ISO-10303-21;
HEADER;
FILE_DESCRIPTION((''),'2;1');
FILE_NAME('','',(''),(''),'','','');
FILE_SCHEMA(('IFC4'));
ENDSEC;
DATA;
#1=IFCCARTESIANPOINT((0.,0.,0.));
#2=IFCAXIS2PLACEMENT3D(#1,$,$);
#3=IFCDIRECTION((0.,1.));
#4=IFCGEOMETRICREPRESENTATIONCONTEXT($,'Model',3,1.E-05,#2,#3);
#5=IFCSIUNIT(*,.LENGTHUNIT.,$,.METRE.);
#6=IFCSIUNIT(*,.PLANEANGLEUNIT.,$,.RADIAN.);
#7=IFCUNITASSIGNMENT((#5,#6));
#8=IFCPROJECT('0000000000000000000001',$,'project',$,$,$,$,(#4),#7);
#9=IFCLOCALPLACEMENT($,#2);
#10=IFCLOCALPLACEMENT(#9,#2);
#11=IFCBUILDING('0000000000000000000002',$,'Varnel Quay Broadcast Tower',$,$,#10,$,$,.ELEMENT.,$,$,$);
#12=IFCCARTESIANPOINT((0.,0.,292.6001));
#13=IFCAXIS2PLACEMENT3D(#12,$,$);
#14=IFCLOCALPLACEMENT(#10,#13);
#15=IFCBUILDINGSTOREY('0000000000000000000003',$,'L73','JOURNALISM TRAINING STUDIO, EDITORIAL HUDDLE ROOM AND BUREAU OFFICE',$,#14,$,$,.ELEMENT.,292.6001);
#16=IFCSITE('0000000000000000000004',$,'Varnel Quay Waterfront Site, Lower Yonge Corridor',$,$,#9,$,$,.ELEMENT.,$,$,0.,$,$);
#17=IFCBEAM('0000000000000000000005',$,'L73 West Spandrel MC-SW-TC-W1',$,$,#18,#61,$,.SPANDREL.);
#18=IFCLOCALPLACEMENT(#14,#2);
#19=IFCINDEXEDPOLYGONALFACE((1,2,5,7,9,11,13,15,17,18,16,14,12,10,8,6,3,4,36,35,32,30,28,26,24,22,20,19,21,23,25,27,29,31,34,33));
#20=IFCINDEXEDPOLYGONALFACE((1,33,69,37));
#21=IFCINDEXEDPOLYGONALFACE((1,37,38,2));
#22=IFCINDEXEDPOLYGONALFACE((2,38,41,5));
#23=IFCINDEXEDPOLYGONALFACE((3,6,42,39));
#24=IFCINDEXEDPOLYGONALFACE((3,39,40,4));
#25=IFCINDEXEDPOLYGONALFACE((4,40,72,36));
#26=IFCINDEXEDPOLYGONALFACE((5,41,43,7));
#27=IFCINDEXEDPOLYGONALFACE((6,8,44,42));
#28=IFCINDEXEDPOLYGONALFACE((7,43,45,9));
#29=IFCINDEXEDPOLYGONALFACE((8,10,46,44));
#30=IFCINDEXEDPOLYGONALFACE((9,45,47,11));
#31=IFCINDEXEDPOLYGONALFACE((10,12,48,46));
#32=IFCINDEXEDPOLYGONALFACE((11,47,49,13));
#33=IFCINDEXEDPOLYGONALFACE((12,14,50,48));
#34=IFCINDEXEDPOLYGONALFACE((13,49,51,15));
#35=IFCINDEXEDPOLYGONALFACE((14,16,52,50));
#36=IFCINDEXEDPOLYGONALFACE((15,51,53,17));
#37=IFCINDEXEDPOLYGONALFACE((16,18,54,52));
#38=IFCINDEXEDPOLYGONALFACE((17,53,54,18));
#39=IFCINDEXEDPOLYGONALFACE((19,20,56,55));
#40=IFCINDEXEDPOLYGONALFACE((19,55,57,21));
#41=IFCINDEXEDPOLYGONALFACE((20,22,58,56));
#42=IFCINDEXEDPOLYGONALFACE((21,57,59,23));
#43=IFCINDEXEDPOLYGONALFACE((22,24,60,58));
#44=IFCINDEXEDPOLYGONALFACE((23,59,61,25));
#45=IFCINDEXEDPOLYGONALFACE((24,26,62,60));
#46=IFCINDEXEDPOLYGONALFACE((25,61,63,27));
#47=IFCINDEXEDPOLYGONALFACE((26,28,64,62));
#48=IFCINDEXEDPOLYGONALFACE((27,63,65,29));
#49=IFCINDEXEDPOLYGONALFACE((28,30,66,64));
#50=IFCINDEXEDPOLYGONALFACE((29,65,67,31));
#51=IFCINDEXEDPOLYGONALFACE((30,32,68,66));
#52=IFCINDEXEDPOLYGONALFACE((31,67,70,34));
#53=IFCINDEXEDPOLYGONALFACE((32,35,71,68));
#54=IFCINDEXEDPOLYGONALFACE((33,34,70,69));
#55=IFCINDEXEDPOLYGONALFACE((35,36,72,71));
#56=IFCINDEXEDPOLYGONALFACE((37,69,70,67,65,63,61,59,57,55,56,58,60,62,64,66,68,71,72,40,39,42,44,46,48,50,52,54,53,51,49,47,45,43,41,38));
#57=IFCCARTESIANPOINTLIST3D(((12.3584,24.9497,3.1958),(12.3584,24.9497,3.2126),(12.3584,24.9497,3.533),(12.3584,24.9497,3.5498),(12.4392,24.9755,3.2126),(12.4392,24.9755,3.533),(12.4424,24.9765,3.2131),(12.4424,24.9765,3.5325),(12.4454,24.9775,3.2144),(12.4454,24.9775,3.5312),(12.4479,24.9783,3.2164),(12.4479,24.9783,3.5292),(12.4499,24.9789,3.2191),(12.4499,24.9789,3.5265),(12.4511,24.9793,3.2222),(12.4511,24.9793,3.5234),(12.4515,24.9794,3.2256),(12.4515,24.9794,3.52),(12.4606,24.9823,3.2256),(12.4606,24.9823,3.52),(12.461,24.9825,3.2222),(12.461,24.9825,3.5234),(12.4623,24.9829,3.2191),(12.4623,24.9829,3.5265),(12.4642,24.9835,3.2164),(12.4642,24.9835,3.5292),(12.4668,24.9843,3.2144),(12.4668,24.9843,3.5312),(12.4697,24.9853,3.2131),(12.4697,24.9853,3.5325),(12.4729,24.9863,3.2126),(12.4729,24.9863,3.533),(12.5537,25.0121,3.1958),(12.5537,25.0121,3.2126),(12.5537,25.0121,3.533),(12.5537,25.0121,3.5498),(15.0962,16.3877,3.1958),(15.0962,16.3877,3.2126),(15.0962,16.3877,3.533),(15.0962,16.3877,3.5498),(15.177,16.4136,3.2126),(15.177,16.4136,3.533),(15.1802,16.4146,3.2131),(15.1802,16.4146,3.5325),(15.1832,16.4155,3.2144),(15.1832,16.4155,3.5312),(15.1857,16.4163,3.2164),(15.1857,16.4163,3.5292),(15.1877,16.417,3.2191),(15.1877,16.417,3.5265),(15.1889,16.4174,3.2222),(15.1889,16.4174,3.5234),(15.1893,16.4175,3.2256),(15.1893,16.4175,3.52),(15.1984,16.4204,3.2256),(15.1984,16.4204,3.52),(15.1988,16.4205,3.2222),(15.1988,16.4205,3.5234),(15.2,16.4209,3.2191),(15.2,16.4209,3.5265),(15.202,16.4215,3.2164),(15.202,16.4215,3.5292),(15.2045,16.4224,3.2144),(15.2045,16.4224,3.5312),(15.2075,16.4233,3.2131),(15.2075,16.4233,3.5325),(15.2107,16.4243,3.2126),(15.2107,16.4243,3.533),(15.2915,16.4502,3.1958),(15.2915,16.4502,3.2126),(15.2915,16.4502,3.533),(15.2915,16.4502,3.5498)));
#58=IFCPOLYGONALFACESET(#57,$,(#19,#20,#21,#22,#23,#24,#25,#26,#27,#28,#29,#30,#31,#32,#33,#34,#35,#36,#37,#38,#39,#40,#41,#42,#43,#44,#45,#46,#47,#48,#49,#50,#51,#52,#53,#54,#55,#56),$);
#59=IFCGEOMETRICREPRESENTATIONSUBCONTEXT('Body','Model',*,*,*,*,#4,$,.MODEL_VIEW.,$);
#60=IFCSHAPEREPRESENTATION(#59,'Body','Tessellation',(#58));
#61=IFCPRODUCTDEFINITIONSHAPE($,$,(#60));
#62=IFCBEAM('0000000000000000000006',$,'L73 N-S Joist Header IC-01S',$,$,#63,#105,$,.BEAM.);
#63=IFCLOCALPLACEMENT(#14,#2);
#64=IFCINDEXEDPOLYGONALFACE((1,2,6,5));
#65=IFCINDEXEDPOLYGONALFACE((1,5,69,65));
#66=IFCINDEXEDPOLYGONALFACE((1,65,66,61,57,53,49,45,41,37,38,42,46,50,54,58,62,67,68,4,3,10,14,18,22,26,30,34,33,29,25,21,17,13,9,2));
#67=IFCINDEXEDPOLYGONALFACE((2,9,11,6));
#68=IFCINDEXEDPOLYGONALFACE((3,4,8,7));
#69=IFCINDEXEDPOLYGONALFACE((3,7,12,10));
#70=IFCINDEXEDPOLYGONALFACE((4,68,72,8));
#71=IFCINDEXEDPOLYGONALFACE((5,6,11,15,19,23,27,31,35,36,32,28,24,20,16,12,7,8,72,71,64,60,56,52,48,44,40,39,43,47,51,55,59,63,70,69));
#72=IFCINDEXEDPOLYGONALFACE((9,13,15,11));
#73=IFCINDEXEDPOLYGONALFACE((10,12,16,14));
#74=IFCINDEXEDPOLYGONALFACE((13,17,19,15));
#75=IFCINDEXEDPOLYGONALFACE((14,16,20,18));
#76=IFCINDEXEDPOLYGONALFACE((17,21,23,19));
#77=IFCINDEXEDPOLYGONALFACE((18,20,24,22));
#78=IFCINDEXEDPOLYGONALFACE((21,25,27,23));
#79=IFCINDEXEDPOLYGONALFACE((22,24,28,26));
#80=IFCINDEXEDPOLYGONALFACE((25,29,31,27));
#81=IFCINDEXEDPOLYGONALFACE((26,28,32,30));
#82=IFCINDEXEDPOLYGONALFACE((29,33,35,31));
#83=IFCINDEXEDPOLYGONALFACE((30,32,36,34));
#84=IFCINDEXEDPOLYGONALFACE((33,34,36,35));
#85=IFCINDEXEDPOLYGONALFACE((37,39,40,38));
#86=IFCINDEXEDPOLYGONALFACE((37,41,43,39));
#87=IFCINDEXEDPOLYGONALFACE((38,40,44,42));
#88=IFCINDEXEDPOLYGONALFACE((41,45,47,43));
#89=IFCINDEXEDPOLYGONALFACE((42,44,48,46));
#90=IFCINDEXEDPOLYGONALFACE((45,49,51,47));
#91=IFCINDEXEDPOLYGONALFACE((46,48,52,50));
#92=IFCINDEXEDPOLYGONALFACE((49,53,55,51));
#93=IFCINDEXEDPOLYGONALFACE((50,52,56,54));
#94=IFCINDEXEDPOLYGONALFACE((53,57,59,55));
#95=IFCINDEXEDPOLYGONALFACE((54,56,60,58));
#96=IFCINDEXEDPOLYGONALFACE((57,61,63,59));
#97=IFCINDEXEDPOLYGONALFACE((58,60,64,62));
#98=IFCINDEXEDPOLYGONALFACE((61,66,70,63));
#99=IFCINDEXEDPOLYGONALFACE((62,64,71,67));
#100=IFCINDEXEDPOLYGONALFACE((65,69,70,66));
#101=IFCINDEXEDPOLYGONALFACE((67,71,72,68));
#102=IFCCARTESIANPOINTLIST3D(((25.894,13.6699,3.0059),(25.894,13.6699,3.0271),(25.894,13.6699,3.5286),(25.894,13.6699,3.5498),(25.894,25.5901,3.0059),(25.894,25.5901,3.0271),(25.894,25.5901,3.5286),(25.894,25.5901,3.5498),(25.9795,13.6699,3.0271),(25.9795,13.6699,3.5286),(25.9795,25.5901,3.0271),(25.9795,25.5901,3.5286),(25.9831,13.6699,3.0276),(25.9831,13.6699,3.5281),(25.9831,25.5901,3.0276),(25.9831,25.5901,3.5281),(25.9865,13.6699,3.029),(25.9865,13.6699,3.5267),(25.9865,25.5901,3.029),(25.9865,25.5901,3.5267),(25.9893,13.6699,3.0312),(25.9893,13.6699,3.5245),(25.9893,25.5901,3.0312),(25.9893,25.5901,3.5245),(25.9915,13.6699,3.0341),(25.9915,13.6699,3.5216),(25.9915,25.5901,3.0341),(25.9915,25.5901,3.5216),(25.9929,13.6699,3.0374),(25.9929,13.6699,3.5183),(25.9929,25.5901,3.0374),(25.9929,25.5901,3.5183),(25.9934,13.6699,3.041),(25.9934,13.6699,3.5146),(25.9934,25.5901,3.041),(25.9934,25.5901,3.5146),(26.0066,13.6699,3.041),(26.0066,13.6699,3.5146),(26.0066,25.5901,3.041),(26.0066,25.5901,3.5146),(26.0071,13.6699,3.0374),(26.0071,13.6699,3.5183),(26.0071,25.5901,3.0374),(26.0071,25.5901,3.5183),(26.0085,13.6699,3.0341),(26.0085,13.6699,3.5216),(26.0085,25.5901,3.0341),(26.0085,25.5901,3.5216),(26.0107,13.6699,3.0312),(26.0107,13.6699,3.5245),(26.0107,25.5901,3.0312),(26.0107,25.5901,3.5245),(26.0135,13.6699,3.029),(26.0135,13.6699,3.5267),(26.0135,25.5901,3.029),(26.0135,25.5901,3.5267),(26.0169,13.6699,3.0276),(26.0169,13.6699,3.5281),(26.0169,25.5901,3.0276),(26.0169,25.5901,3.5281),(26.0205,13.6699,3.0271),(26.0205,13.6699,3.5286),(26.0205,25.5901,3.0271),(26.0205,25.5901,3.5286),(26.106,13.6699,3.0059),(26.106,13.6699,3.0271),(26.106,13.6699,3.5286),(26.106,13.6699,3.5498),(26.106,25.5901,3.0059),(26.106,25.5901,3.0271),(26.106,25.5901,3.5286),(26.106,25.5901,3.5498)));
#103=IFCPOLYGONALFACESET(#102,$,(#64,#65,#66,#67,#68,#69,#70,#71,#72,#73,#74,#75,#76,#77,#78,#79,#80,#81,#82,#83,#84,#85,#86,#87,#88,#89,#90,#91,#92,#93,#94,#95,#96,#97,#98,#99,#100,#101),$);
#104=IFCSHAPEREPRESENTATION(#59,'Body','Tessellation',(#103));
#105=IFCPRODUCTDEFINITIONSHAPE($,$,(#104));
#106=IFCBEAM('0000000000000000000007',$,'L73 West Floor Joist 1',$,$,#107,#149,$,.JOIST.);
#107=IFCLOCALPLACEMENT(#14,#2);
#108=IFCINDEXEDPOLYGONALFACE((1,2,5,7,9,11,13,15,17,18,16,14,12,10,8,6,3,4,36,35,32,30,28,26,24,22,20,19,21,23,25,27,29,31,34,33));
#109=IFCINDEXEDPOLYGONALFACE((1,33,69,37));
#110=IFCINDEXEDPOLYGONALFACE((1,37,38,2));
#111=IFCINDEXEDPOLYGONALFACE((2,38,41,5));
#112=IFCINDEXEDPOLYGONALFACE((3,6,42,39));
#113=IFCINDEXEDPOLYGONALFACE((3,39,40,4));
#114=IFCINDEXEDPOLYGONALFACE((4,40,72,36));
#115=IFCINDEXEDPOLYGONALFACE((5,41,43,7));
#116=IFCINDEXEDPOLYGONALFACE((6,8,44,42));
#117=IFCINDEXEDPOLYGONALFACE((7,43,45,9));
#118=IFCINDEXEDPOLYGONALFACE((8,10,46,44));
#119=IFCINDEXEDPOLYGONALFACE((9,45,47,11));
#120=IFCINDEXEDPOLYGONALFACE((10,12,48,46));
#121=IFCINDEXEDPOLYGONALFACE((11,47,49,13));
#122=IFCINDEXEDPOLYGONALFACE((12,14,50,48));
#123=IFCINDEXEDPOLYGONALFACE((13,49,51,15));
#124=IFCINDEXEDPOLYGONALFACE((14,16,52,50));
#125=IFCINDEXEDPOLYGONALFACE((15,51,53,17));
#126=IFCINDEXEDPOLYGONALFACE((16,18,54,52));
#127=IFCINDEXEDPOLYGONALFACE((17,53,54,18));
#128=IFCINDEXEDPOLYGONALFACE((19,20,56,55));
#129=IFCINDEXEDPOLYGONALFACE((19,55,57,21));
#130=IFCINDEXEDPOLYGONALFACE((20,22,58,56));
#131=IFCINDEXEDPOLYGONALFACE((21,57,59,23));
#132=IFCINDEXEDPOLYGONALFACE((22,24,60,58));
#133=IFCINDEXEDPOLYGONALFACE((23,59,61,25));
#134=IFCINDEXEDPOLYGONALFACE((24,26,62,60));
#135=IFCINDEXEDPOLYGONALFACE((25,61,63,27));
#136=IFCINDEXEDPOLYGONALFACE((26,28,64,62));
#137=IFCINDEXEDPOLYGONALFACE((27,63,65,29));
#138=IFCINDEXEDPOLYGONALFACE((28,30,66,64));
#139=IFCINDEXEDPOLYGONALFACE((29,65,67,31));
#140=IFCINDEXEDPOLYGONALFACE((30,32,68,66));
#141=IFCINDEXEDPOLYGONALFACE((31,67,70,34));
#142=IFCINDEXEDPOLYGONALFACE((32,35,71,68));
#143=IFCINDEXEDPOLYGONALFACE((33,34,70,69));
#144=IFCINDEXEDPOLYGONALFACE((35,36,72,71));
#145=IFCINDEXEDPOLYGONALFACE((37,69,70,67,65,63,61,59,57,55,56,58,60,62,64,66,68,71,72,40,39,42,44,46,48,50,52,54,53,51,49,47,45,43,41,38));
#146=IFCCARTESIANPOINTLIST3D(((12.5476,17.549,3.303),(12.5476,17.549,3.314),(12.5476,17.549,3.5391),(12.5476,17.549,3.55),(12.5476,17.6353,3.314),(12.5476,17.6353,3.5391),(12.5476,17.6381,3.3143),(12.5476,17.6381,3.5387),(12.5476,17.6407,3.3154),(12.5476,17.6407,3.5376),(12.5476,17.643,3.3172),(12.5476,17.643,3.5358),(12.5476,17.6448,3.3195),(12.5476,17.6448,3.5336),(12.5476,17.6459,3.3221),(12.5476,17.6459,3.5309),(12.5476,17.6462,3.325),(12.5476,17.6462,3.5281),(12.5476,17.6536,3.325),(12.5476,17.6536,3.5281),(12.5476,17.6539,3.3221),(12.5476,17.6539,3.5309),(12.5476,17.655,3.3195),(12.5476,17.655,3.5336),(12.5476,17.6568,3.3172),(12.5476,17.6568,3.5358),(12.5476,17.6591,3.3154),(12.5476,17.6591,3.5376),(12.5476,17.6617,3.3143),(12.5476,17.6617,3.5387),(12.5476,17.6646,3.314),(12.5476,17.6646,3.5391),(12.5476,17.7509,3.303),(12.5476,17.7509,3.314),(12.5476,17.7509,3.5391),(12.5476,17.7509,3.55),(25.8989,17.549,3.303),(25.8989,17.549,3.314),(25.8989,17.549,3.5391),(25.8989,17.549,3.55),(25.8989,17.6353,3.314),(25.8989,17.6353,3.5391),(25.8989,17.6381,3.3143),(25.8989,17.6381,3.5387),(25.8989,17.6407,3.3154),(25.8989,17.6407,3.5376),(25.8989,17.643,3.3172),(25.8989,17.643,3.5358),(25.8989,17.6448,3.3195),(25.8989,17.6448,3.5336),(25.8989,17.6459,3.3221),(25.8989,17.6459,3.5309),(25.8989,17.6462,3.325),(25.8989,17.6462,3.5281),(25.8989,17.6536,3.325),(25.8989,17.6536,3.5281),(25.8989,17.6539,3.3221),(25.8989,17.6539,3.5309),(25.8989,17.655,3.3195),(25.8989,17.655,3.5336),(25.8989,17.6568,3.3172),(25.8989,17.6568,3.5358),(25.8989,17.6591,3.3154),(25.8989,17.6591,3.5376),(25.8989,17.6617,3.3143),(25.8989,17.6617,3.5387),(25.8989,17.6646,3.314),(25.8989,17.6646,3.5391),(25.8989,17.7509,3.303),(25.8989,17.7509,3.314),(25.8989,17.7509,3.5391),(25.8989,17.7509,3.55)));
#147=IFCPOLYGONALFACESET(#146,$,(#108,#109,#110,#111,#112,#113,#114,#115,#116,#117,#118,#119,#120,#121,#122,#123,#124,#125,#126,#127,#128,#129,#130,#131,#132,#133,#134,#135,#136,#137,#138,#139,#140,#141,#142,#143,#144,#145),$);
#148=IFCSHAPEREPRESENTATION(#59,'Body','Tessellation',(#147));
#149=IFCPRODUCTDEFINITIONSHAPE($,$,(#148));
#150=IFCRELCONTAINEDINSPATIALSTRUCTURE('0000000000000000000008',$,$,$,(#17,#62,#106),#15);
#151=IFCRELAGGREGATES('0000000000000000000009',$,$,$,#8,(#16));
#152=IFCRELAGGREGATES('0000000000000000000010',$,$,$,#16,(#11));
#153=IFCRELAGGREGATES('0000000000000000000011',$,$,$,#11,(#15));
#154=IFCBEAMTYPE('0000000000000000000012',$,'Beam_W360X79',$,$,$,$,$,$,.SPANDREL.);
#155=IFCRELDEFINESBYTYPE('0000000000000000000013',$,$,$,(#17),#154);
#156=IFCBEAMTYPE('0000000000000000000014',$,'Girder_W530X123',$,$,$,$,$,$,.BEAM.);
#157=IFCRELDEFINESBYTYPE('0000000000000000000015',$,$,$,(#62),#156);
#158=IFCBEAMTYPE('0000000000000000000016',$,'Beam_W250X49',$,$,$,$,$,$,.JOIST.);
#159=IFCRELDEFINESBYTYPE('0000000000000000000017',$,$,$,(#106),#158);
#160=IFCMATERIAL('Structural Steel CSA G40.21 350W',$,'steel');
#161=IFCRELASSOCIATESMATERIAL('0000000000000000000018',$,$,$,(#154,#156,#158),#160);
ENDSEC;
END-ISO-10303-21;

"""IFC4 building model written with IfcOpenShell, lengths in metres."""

from ifc_helpers import new_model, si_unit, direction, frame, origin, origin_2d, place, context, subcontext, project, spatial, i_section, extrude, source, transform, mapped, material, material_profile, profile_set, type_object, type_shapes, element, save


model = new_model("IFC4")

# Units and contexts
model_context = context("Model", 3, precision=1e-05, world=origin(), true_north=direction((0.0, 1.0)))
body_context = subcontext(model_context, "Body", "Model", "MODEL_VIEW")
ifc_project = project(units=[si_unit("LENGTHUNIT", "METRE"), si_unit("PLANEANGLEUNIT", "RADIAN")], contexts=[model_context])

# Site, building, storey
site_placement = place(None, origin())
site = spatial("IfcSite", under=ifc_project, at=site_placement, Name="Varnel Quay Waterfront Site, Lower Yonge Corridor", CompositionType="ELEMENT", RefElevation=0.0)
building_placement = place(site_placement, origin())
building = spatial("IfcBuilding", under=site, at=building_placement, Name="Varnel Quay Broadcast Tower", CompositionType="ELEMENT")
storey_placement = place(building_placement, frame((0.0, 0.0, 292.6001)))
storey = spatial("IfcBuildingStorey", under=building, at=storey_placement, Name="L73", Description="JOURNALISM TRAINING STUDIO, EDITORIAL HUDDLE ROOM AND BUREAU OFFICE", CompositionType="ELEMENT", Elevation=292.6001)

# Shared definitions
ifc_material_1 = material(Name="Structural Steel CSA G40.21 350W", Category="steel")

# Beams
ifc_material_profile_1 = material_profile(ifc_material_1, i_section(OverallWidth=0.2051, OverallDepth=0.354, WebThickness=0.0095, FlangeThickness=0.0168, FilletRadius=0.0129, at=origin_2d()), Name="W360X79")
ifc_profile_set_1 = profile_set([ifc_material_profile_1], Name="Structural Steel CSA G40.21 350W")
beam_type_1 = type_object("IfcBeamType", Name="Beam_W360X79", PredefinedType="SPANDREL", material=ifc_profile_set_1)
shared_shape_1 = source(origin(), body_context, "Body", "SweptSolid", [
    extrude(i_section(OverallWidth=0.2051, OverallDepth=0.354, WebThickness=0.0095, FlangeThickness=0.0168, FilletRadius=0.0129, at=origin_2d()), origin(), (0.0, 0.0, 1.0), 8.989),
])
beam_1_placement = place(storey_placement, frame((15.1938, 16.4189, 3.3728), z_axis=(-0.304569, 0.95249, 0.0), x_axis=(-0.95249, -0.304569, 0.0)))
element("IfcBeam", 1, at=beam_1_placement, inside=storey, type_object=beam_type_1, Name="L73 West Spandrel MC-SW-TC-W1", PredefinedType="SPANDREL", context=body_context, shape_type="MappedRepresentation", body=[
    mapped(shared_shape_1, transform((0.0, 0.0, 0.0), x_axis=(1.0, 0.0, 0.0), y_axis=(0.0, 1.0, 0.0), z_axis=(0.0, 0.0, 1.0), scale=1.0)),
])
ifc_material_profile_2 = material_profile(ifc_material_1, i_section(OverallWidth=0.2119, OverallDepth=0.5439, WebThickness=0.0132, FlangeThickness=0.0212, FilletRadius=0.0139, at=origin_2d()), Name="W530X123")
ifc_profile_set_2 = profile_set([ifc_material_profile_2], Name="Structural Steel CSA G40.21 350W")
beam_type_2 = type_object("IfcBeamType", Name="Girder_W530X123", PredefinedType="BEAM", material=ifc_profile_set_2)
shared_shape_2 = source(origin(), body_context, "Body", "SweptSolid", [
    extrude(i_section(OverallWidth=0.2119, OverallDepth=0.5439, WebThickness=0.0132, FlangeThickness=0.0212, FilletRadius=0.0139, at=origin_2d()), origin(), (0.0, 0.0, 1.0), 11.9202),
])
type_shapes(beam_type_2, [shared_shape_2])
beam_2_placement = place(storey_placement, frame((26.0, 13.6699, 3.2778), z_axis=(0.0, 1.0, 0.0), x_axis=(-1.0, 0.0, 0.0)))
element("IfcBeam", 2, at=beam_2_placement, inside=storey, type_object=beam_type_2, Name="L73 N-S Joist Header IC-01S", PredefinedType="BEAM", context=body_context, shape_type="MappedRepresentation", body=[
    mapped(shared_shape_2, transform((0.0, 0.0, 0.0), x_axis=(1.0, 0.0, 0.0), y_axis=(0.0, 1.0, 0.0), z_axis=(0.0, 0.0, 1.0), scale=1.0)),
])
ifc_material_profile_3 = material_profile(ifc_material_1, i_section(OverallWidth=0.2019, OverallDepth=0.2471, WebThickness=0.0073, FlangeThickness=0.011, FilletRadius=0.011, at=origin_2d()), Name="W250X49")
ifc_profile_set_3 = profile_set([ifc_material_profile_3], Name="Structural Steel CSA G40.21 350W")
beam_type_3 = type_object("IfcBeamType", Name="Beam_W250X49", PredefinedType="JOIST", material=ifc_profile_set_3)
shared_shape_3 = source(origin(), body_context, "Body", "SweptSolid", [
    extrude(i_section(OverallWidth=0.2019, OverallDepth=0.2471, WebThickness=0.0073, FlangeThickness=0.011, FilletRadius=0.011, at=origin_2d()), origin(), (0.0, 0.0, 1.0), 13.3513),
])
beam_3_placement = place(storey_placement, frame((12.5476, 17.6499, 3.4265), z_axis=(1.0, 0.0, 0.0), x_axis=(0.0, 1.0, 0.0)))
element("IfcBeam", 3, at=beam_3_placement, inside=storey, type_object=beam_type_3, Name="L73 West Floor Joist 1", PredefinedType="JOIST", context=body_context, shape_type="MappedRepresentation", body=[
    mapped(shared_shape_3, transform((0.0, 0.0, 0.0), x_axis=(1.0, 0.0, 0.0), y_axis=(0.0, 1.0, 0.0), z_axis=(0.0, 0.0, 1.0), scale=1.0)),
])

save(model, "model.ifc")
